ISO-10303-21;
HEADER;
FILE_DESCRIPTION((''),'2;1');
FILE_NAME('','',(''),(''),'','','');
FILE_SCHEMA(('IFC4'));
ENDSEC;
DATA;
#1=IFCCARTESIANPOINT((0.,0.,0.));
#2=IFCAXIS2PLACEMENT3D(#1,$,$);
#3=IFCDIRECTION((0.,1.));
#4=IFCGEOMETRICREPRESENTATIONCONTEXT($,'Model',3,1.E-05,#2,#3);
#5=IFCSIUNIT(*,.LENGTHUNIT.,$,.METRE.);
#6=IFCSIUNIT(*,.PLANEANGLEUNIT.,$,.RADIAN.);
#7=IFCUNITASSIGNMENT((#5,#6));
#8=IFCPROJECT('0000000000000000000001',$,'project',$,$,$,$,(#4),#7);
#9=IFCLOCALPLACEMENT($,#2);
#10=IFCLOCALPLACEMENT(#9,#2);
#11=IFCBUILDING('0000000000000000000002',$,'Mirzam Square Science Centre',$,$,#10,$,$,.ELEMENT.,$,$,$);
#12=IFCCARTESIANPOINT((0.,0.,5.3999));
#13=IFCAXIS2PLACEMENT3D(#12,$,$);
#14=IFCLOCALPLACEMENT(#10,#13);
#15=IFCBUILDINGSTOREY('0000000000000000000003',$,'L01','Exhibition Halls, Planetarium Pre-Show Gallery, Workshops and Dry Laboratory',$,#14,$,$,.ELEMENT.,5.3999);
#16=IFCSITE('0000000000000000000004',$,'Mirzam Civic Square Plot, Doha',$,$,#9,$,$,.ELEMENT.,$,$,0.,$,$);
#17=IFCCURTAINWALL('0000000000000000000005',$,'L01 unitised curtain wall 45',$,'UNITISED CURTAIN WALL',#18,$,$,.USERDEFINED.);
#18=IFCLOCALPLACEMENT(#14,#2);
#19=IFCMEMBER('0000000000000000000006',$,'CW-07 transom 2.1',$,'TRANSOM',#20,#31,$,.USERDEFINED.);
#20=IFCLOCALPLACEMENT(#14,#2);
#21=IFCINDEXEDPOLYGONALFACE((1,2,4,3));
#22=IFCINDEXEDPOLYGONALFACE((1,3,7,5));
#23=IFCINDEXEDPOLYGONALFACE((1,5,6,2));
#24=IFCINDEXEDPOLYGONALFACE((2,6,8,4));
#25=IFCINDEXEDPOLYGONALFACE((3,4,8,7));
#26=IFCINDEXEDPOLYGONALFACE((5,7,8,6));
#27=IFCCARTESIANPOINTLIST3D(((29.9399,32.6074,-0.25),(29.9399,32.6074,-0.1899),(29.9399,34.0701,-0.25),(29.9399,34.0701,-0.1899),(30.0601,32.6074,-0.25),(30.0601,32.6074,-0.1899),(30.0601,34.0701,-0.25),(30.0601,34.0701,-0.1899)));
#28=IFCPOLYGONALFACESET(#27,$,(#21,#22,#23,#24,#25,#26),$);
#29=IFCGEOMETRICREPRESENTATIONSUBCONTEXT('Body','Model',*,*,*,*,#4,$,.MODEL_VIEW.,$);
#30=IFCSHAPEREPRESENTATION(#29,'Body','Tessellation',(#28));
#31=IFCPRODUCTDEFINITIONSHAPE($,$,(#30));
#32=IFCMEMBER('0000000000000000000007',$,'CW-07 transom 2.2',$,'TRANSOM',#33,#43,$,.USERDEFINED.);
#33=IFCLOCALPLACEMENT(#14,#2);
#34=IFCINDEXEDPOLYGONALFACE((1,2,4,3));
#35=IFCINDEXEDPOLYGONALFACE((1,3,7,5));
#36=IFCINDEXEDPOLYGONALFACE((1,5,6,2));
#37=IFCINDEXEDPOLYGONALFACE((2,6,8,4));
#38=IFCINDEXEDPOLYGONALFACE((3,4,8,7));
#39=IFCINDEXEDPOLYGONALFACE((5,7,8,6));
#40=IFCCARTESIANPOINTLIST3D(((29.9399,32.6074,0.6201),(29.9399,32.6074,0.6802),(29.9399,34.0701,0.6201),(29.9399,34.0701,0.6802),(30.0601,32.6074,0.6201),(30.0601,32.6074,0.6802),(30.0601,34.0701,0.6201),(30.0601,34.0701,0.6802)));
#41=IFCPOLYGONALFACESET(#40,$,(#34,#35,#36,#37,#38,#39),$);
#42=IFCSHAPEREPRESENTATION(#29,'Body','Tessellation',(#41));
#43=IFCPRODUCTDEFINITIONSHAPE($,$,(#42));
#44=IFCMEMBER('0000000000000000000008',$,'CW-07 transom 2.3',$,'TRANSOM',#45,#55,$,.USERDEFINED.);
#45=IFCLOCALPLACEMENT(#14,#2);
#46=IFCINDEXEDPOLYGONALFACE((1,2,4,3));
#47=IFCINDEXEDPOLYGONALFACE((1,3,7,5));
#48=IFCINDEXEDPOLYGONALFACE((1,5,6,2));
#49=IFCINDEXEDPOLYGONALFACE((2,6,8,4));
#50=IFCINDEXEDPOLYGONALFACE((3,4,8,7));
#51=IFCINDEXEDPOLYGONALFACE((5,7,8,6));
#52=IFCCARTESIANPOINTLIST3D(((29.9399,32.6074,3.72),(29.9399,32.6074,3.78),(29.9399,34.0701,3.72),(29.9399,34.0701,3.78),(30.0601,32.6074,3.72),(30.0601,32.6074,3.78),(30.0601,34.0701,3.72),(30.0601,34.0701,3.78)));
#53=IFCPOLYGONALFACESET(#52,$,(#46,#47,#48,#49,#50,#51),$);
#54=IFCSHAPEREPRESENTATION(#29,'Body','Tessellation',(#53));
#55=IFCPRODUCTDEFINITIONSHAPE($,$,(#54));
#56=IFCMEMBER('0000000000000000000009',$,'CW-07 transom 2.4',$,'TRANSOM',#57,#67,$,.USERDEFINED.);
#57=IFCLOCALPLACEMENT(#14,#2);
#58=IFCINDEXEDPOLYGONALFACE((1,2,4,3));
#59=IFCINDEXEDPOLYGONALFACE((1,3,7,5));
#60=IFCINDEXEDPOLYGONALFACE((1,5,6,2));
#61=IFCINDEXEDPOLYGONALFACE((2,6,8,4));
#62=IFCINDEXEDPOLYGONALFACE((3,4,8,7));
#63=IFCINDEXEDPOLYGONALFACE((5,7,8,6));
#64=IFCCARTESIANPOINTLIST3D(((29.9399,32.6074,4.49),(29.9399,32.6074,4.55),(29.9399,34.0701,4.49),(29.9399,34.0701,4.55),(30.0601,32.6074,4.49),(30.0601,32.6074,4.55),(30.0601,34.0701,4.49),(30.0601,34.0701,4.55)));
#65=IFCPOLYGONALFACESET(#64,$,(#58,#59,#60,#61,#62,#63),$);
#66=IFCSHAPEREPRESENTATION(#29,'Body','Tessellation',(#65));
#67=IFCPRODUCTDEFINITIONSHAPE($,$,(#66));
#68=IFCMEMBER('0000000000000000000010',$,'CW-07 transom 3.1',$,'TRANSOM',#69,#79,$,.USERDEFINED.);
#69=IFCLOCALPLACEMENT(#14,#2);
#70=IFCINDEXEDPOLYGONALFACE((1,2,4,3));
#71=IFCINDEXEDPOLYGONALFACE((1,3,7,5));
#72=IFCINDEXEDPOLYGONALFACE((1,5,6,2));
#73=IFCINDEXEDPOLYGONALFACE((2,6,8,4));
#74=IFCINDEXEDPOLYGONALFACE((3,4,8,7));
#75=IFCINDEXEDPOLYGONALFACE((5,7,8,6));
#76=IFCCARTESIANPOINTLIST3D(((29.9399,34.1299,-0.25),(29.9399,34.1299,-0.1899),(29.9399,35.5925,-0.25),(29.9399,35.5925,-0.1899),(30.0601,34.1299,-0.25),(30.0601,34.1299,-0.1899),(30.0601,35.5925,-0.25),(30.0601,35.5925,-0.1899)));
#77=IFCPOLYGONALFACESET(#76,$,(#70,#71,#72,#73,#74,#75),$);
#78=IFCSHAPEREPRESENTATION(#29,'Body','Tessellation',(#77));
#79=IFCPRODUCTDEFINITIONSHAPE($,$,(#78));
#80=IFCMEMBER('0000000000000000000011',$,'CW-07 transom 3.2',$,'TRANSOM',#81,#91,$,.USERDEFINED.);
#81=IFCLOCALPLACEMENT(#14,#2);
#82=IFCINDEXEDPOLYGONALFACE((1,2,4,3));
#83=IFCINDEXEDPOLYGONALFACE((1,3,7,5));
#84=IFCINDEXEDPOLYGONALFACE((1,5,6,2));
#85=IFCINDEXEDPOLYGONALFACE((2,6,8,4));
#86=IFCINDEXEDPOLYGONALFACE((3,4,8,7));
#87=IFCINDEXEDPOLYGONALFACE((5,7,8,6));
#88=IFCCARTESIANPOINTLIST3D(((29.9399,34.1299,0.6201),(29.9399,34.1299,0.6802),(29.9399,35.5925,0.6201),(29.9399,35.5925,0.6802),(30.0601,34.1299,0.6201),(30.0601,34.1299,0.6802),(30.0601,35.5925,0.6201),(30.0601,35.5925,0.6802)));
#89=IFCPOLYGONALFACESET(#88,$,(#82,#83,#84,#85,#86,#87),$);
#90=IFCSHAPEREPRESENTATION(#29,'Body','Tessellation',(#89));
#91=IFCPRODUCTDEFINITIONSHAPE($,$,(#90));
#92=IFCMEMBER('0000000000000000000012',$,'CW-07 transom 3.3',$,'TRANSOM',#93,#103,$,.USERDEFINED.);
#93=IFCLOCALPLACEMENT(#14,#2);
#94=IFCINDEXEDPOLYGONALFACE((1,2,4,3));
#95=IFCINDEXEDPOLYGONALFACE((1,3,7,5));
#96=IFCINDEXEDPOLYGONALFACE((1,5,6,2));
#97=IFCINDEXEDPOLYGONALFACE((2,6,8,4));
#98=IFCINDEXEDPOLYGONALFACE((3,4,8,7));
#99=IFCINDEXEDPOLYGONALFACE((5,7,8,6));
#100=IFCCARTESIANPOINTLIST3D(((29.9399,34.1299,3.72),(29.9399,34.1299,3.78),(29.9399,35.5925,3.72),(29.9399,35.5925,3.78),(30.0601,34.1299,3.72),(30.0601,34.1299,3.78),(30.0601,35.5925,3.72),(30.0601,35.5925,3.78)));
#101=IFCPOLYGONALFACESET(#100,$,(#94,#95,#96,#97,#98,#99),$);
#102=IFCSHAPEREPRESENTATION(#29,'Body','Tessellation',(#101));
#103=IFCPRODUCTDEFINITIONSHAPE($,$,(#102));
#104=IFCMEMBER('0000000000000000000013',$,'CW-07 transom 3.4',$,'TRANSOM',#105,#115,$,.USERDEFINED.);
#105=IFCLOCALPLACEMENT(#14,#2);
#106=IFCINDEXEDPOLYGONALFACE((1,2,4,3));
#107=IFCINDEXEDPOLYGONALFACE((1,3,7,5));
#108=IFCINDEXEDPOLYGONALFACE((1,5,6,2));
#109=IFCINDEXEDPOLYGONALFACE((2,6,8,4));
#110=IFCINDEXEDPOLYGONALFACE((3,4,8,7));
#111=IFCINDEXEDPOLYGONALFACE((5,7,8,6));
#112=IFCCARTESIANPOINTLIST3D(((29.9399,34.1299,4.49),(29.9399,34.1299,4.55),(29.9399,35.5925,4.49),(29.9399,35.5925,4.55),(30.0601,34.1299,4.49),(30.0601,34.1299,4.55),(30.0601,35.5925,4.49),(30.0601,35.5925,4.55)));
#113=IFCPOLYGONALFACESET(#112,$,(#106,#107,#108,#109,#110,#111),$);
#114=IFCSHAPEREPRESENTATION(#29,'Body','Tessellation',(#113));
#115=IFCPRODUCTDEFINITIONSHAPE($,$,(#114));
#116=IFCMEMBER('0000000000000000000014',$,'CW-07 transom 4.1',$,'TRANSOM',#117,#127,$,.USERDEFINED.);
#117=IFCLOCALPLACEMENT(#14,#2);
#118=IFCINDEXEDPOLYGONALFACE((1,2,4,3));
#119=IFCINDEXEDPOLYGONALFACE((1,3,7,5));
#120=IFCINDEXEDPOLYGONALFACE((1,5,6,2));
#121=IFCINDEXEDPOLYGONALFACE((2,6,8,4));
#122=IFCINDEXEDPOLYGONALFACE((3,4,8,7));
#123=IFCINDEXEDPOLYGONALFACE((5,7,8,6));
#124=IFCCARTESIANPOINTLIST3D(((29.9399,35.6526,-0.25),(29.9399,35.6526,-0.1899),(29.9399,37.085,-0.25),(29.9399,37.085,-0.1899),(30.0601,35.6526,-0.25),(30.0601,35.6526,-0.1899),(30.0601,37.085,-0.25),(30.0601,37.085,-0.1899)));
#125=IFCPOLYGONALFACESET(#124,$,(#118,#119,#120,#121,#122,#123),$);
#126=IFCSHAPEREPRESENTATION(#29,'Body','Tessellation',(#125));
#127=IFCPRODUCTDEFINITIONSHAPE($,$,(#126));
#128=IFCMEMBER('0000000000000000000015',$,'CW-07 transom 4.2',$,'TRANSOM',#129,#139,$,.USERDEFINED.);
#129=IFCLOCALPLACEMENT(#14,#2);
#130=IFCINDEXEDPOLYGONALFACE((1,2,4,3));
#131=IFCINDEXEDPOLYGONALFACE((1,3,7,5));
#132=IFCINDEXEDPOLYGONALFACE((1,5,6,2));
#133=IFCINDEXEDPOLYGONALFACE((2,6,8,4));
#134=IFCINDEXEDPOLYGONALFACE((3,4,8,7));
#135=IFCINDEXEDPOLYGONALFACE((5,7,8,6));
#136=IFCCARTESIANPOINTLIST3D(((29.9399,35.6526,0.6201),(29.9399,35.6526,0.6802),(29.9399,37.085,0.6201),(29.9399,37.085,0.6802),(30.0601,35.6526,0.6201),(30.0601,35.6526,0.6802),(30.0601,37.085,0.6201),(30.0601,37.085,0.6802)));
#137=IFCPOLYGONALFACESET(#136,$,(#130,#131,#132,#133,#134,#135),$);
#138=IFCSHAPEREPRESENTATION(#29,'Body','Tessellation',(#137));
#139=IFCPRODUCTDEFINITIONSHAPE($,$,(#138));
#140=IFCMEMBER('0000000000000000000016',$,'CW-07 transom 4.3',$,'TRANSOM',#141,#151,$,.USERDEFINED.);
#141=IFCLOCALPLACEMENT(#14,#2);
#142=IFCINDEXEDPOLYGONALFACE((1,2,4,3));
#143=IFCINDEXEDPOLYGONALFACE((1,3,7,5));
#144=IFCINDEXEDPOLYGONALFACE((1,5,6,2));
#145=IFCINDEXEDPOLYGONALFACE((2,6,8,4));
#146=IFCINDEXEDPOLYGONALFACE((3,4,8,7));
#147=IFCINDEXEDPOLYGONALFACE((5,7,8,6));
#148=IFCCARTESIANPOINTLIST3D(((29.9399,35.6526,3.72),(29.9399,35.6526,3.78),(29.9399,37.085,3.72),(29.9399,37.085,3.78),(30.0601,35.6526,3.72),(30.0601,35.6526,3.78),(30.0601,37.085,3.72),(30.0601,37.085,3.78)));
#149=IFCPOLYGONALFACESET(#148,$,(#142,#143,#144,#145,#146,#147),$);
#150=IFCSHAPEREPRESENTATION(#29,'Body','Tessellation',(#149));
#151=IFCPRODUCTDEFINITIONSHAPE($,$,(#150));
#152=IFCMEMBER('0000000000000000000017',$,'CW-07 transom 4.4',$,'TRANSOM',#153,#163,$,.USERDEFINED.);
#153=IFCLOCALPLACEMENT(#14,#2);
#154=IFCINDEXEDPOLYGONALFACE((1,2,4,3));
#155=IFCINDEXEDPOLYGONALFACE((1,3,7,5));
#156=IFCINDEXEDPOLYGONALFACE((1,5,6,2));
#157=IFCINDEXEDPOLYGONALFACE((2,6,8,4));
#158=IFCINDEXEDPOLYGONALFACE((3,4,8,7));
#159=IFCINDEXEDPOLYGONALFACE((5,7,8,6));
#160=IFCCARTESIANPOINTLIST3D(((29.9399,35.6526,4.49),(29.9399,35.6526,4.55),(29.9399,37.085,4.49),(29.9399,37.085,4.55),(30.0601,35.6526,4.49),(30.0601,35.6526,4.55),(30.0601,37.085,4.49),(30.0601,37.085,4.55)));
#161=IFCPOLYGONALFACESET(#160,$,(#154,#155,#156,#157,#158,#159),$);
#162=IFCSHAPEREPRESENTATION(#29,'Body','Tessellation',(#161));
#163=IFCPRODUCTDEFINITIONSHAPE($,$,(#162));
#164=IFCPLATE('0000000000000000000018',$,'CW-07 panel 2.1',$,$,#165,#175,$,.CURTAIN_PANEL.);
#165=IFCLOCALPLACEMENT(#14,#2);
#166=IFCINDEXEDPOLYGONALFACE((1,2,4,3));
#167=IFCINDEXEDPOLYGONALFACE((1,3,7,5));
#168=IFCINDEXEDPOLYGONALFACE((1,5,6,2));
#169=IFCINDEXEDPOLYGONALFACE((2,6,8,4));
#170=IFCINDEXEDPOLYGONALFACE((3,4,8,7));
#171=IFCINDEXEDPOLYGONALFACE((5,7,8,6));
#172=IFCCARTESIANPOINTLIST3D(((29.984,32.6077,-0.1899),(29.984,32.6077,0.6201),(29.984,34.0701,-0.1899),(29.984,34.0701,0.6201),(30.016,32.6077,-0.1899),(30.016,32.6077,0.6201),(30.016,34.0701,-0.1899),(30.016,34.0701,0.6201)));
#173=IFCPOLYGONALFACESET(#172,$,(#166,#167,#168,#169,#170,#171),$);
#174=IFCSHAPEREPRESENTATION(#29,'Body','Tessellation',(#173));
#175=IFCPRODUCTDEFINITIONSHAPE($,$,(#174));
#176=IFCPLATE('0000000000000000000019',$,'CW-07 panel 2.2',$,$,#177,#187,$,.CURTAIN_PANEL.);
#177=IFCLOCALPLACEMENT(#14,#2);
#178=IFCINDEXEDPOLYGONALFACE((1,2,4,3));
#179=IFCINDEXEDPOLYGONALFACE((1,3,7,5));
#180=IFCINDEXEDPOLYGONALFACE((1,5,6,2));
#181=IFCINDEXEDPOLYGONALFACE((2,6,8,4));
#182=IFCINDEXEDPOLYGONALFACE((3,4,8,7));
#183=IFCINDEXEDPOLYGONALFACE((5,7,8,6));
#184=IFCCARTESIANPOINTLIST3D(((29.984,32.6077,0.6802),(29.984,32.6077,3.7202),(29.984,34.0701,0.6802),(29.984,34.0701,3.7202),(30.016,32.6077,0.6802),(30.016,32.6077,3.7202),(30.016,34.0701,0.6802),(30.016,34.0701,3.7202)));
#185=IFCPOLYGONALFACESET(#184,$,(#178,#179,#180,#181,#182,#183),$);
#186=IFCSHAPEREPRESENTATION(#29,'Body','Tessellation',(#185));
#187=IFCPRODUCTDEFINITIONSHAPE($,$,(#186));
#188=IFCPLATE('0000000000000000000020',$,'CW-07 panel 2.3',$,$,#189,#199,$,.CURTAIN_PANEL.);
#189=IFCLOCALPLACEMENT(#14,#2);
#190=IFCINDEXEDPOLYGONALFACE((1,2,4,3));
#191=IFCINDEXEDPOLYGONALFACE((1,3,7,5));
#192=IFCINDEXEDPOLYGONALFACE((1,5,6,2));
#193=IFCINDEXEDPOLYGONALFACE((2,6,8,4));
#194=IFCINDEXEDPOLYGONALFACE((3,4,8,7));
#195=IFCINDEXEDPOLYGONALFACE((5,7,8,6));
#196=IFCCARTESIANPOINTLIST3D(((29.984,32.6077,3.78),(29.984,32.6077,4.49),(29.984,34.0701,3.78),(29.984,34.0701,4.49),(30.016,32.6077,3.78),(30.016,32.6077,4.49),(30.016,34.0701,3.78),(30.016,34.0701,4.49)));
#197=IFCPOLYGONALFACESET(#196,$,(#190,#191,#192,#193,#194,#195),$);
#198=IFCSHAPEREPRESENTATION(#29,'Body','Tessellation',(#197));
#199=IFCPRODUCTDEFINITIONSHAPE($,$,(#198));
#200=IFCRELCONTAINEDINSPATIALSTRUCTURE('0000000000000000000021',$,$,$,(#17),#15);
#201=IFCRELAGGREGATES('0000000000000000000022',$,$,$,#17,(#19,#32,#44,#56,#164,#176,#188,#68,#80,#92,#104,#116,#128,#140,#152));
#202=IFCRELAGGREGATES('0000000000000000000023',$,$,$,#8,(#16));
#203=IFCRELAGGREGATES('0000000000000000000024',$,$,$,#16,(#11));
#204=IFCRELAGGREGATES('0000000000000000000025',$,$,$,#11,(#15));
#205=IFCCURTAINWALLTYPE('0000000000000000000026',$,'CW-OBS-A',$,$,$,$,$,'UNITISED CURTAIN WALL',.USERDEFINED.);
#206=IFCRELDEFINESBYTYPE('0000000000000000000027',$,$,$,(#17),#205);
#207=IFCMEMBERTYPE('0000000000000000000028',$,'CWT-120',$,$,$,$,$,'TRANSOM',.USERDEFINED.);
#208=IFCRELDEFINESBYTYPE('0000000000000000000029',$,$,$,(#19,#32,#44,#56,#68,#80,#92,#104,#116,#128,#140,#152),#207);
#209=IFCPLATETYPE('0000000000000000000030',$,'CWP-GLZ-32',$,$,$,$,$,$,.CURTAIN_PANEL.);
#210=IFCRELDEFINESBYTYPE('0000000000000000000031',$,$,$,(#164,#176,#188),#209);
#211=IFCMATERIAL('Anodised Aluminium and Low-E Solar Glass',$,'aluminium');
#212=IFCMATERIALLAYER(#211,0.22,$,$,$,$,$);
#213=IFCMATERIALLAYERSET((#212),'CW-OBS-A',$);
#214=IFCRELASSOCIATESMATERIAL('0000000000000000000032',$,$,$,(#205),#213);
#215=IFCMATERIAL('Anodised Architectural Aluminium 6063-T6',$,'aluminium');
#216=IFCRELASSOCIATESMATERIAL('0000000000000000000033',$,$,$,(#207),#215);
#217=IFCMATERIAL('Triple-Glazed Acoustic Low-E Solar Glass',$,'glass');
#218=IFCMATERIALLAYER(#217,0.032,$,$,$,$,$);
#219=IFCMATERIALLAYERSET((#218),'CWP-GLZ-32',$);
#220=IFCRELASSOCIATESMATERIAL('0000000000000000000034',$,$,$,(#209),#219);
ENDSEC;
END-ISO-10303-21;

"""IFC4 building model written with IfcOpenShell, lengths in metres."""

from ifc_helpers import new_model, si_unit, direction, frame, origin, origin_2d, place, context, subcontext, project, spatial, rectangle, extrude, material, layer, layer_set, material_profile, profile_set, type_object, element, aggregate, save


model = new_model("IFC4")

# Units and contexts
model_context = context("Model", 3, precision=1e-05, world=origin(), true_north=direction((0.0, 1.0)))
body_context = subcontext(model_context, "Body", "Model", "MODEL_VIEW")
ifc_project = project(units=[si_unit("LENGTHUNIT", "METRE"), si_unit("PLANEANGLEUNIT", "RADIAN")], contexts=[model_context])

# Site, building, storey
site_placement = place(None, origin())
site = spatial("IfcSite", under=ifc_project, at=site_placement, Name="Mirzam Civic Square Plot, Doha", CompositionType="ELEMENT", RefElevation=0.0)
building_placement = place(site_placement, origin())
building = spatial("IfcBuilding", under=site, at=building_placement, Name="Mirzam Square Science Centre", CompositionType="ELEMENT")
storey_placement = place(building_placement, frame((0.0, 0.0, 5.3999)))
storey = spatial("IfcBuildingStorey", under=building, at=storey_placement, Name="L01", Description="Exhibition Halls, Planetarium Pre-Show Gallery, Workshops and Dry Laboratory", CompositionType="ELEMENT", Elevation=5.3999)

# Curtain wall, members, plates
ifc_material_1 = material(Name="Anodised Aluminium and Low-E Solar Glass", Category="aluminium")
ifc_layer_1 = layer(ifc_material_1, 0.22)
ifc_layer_set_1 = layer_set([ifc_layer_1], Name="CW-OBS-A")
curtain_wall_type = type_object("IfcCurtainWallType", Name="CW-OBS-A", ElementType="UNITISED CURTAIN WALL", PredefinedType="USERDEFINED", material=ifc_layer_set_1)
curtain_wall_placement = place(storey_placement, origin())
curtain_wall = element("IfcCurtainWall", 1, at=curtain_wall_placement, inside=storey, type_object=curtain_wall_type, Name="L01 unitised curtain wall 45", ObjectType="UNITISED CURTAIN WALL", PredefinedType="USERDEFINED")
ifc_material_2 = material(Name="Anodised Architectural Aluminium 6063-T6", Category="aluminium")
ifc_material_profile = material_profile(ifc_material_2, rectangle(XDim=0.1201, YDim=0.0601, at=origin_2d()), Name="ALU-TRAN-120x60x4")
ifc_profile_set = profile_set([ifc_material_profile], Name="Anodised Architectural Aluminium 6063-T6")
member_type = type_object("IfcMemberType", Name="CWT-120", ElementType="TRANSOM", PredefinedType="USERDEFINED", material=ifc_profile_set)
member_1_placement = place(storey_placement, frame((30.0, 32.6074, -0.22), z_axis=(0.0, 1.0, 0.0), x_axis=(-1.0, 0.0, 0.0)))
member_1 = element("IfcMember", 2, at=member_1_placement, type_object=member_type, Name="CW-07 transom 2.1", ObjectType="TRANSOM", PredefinedType="USERDEFINED", context=body_context, shape_type="SweptSolid", body=[
    extrude(rectangle(XDim=0.1201, YDim=0.0601, at=origin_2d()), origin(), (0.0, 0.0, 1.0), 1.4626),
])
member_2_placement = place(storey_placement, frame((30.0, 32.6074, 0.6501), z_axis=(0.0, 1.0, 0.0), x_axis=(-1.0, 0.0, 0.0)))
member_2 = element("IfcMember", 3, at=member_2_placement, type_object=member_type, Name="CW-07 transom 2.2", ObjectType="TRANSOM", PredefinedType="USERDEFINED", context=body_context, shape_type="SweptSolid", body=[
    extrude(rectangle(XDim=0.1201, YDim=0.0601, at=origin_2d()), origin(), (0.0, 0.0, 1.0), 1.4626),
])
member_3_placement = place(storey_placement, frame((30.0, 32.6074, 3.75), z_axis=(0.0, 1.0, 0.0), x_axis=(-1.0, 0.0, 0.0)))
member_3 = element("IfcMember", 4, at=member_3_placement, type_object=member_type, Name="CW-07 transom 2.3", ObjectType="TRANSOM", PredefinedType="USERDEFINED", context=body_context, shape_type="SweptSolid", body=[
    extrude(rectangle(XDim=0.1201, YDim=0.0601, at=origin_2d()), origin(), (0.0, 0.0, 1.0), 1.4626),
])
member_4_placement = place(storey_placement, frame((30.0, 32.6074, 4.52), z_axis=(0.0, 1.0, 0.0), x_axis=(-1.0, 0.0, 0.0)))
member_4 = element("IfcMember", 5, at=member_4_placement, type_object=member_type, Name="CW-07 transom 2.4", ObjectType="TRANSOM", PredefinedType="USERDEFINED", context=body_context, shape_type="SweptSolid", body=[
    extrude(rectangle(XDim=0.1201, YDim=0.0601, at=origin_2d()), origin(), (0.0, 0.0, 1.0), 1.4626),
])
member_5_placement = place(storey_placement, frame((30.0, 34.1299, -0.22), z_axis=(0.0, 1.0, 0.0), x_axis=(-1.0, 0.0, 0.0)))
member_5 = element("IfcMember", 6, at=member_5_placement, type_object=member_type, Name="CW-07 transom 3.1", ObjectType="TRANSOM", PredefinedType="USERDEFINED", context=body_context, shape_type="SweptSolid", body=[
    extrude(rectangle(XDim=0.1201, YDim=0.0601, at=origin_2d()), origin(), (0.0, 0.0, 1.0), 1.4626),
])
member_6_placement = place(storey_placement, frame((30.0, 34.1299, 0.6501), z_axis=(0.0, 1.0, 0.0), x_axis=(-1.0, 0.0, 0.0)))
member_6 = element("IfcMember", 7, at=member_6_placement, type_object=member_type, Name="CW-07 transom 3.2", ObjectType="TRANSOM", PredefinedType="USERDEFINED", context=body_context, shape_type="SweptSolid", body=[
    extrude(rectangle(XDim=0.1201, YDim=0.0601, at=origin_2d()), origin(), (0.0, 0.0, 1.0), 1.4626),
])
member_7_placement = place(storey_placement, frame((30.0, 34.1299, 3.75), z_axis=(0.0, 1.0, 0.0), x_axis=(-1.0, 0.0, 0.0)))
member_7 = element("IfcMember", 8, at=member_7_placement, type_object=member_type, Name="CW-07 transom 3.3", ObjectType="TRANSOM", PredefinedType="USERDEFINED", context=body_context, shape_type="SweptSolid", body=[
    extrude(rectangle(XDim=0.1201, YDim=0.0601, at=origin_2d()), origin(), (0.0, 0.0, 1.0), 1.4626),
])
member_8_placement = place(storey_placement, frame((30.0, 34.1299, 4.52), z_axis=(0.0, 1.0, 0.0), x_axis=(-1.0, 0.0, 0.0)))
member_8 = element("IfcMember", 9, at=member_8_placement, type_object=member_type, Name="CW-07 transom 3.4", ObjectType="TRANSOM", PredefinedType="USERDEFINED", context=body_context, shape_type="SweptSolid", body=[
    extrude(rectangle(XDim=0.1201, YDim=0.0601, at=origin_2d()), origin(), (0.0, 0.0, 1.0), 1.4626),
])
member_9_placement = place(storey_placement, frame((30.0, 35.6526, -0.22), z_axis=(0.0, 1.0, 0.0), x_axis=(-1.0, 0.0, 0.0)))
member_9 = element("IfcMember", 10, at=member_9_placement, type_object=member_type, Name="CW-07 transom 4.1", ObjectType="TRANSOM", PredefinedType="USERDEFINED", context=body_context, shape_type="SweptSolid", body=[
    extrude(rectangle(XDim=0.1201, YDim=0.0601, at=origin_2d()), origin(), (0.0, 0.0, 1.0), 1.4324),
])
member_10_placement = place(storey_placement, frame((30.0, 35.6526, 0.6501), z_axis=(0.0, 1.0, 0.0), x_axis=(-1.0, 0.0, 0.0)))
member_10 = element("IfcMember", 11, at=member_10_placement, type_object=member_type, Name="CW-07 transom 4.2", ObjectType="TRANSOM", PredefinedType="USERDEFINED", context=body_context, shape_type="SweptSolid", body=[
    extrude(rectangle(XDim=0.1201, YDim=0.0601, at=origin_2d()), origin(), (0.0, 0.0, 1.0), 1.4324),
])
member_11_placement = place(storey_placement, frame((30.0, 35.6526, 3.75), z_axis=(0.0, 1.0, 0.0), x_axis=(-1.0, 0.0, 0.0)))
member_11 = element("IfcMember", 12, at=member_11_placement, type_object=member_type, Name="CW-07 transom 4.3", ObjectType="TRANSOM", PredefinedType="USERDEFINED", context=body_context, shape_type="SweptSolid", body=[
    extrude(rectangle(XDim=0.1201, YDim=0.0601, at=origin_2d()), origin(), (0.0, 0.0, 1.0), 1.4324),
])
member_12_placement = place(storey_placement, frame((30.0, 35.6526, 4.52), z_axis=(0.0, 1.0, 0.0), x_axis=(-1.0, 0.0, 0.0)))
member_12 = element("IfcMember", 13, at=member_12_placement, type_object=member_type, Name="CW-07 transom 4.4", ObjectType="TRANSOM", PredefinedType="USERDEFINED", context=body_context, shape_type="SweptSolid", body=[
    extrude(rectangle(XDim=0.1201, YDim=0.0601, at=origin_2d()), origin(), (0.0, 0.0, 1.0), 1.4324),
])
ifc_material_3 = material(Name="Triple-Glazed Acoustic Low-E Solar Glass", Category="glass")
ifc_layer_2 = layer(ifc_material_3, 0.032)
ifc_layer_set_2 = layer_set([ifc_layer_2], Name="CWP-GLZ-32")
plate_type = type_object("IfcPlateType", Name="CWP-GLZ-32", PredefinedType="CURTAIN_PANEL", material=ifc_layer_set_2)
plate_1_placement = place(storey_placement, frame((30.0, 33.3389, -0.1899), z_axis=(0.0, 0.0, 1.0), x_axis=(0.0, 1.0, 0.0)))
plate_1 = element("IfcPlate", 14, at=plate_1_placement, type_object=plate_type, Name="CW-07 panel 2.1", PredefinedType="CURTAIN_PANEL", context=body_context, shape_type="SweptSolid", body=[
    extrude(rectangle(XDim=1.4624, YDim=0.032, at=origin_2d()), origin(), (0.0, 0.0, 1.0), 0.8101),
])
plate_2_placement = place(storey_placement, frame((30.0, 33.3389, 0.6802), z_axis=(0.0, 0.0, 1.0), x_axis=(0.0, 1.0, 0.0)))
plate_2 = element("IfcPlate", 15, at=plate_2_placement, type_object=plate_type, Name="CW-07 panel 2.2", PredefinedType="CURTAIN_PANEL", context=body_context, shape_type="SweptSolid", body=[
    extrude(rectangle(XDim=1.4624, YDim=0.032, at=origin_2d()), origin(), (0.0, 0.0, 1.0), 3.04),
])
plate_3_placement = place(storey_placement, frame((30.0, 33.3389, 3.78), z_axis=(0.0, 0.0, 1.0), x_axis=(0.0, 1.0, 0.0)))
plate_3 = element("IfcPlate", 16, at=plate_3_placement, type_object=plate_type, Name="CW-07 panel 2.3", PredefinedType="CURTAIN_PANEL", context=body_context, shape_type="SweptSolid", body=[
    extrude(rectangle(XDim=1.4624, YDim=0.032, at=origin_2d()), origin(), (0.0, 0.0, 1.0), 0.71),
])
aggregate(curtain_wall, [member_1, member_2, member_3, member_4, plate_1, plate_2, plate_3, member_5, member_6, member_7, member_8, member_9, member_10, member_11, member_12])

save(model, "model.ifc")
